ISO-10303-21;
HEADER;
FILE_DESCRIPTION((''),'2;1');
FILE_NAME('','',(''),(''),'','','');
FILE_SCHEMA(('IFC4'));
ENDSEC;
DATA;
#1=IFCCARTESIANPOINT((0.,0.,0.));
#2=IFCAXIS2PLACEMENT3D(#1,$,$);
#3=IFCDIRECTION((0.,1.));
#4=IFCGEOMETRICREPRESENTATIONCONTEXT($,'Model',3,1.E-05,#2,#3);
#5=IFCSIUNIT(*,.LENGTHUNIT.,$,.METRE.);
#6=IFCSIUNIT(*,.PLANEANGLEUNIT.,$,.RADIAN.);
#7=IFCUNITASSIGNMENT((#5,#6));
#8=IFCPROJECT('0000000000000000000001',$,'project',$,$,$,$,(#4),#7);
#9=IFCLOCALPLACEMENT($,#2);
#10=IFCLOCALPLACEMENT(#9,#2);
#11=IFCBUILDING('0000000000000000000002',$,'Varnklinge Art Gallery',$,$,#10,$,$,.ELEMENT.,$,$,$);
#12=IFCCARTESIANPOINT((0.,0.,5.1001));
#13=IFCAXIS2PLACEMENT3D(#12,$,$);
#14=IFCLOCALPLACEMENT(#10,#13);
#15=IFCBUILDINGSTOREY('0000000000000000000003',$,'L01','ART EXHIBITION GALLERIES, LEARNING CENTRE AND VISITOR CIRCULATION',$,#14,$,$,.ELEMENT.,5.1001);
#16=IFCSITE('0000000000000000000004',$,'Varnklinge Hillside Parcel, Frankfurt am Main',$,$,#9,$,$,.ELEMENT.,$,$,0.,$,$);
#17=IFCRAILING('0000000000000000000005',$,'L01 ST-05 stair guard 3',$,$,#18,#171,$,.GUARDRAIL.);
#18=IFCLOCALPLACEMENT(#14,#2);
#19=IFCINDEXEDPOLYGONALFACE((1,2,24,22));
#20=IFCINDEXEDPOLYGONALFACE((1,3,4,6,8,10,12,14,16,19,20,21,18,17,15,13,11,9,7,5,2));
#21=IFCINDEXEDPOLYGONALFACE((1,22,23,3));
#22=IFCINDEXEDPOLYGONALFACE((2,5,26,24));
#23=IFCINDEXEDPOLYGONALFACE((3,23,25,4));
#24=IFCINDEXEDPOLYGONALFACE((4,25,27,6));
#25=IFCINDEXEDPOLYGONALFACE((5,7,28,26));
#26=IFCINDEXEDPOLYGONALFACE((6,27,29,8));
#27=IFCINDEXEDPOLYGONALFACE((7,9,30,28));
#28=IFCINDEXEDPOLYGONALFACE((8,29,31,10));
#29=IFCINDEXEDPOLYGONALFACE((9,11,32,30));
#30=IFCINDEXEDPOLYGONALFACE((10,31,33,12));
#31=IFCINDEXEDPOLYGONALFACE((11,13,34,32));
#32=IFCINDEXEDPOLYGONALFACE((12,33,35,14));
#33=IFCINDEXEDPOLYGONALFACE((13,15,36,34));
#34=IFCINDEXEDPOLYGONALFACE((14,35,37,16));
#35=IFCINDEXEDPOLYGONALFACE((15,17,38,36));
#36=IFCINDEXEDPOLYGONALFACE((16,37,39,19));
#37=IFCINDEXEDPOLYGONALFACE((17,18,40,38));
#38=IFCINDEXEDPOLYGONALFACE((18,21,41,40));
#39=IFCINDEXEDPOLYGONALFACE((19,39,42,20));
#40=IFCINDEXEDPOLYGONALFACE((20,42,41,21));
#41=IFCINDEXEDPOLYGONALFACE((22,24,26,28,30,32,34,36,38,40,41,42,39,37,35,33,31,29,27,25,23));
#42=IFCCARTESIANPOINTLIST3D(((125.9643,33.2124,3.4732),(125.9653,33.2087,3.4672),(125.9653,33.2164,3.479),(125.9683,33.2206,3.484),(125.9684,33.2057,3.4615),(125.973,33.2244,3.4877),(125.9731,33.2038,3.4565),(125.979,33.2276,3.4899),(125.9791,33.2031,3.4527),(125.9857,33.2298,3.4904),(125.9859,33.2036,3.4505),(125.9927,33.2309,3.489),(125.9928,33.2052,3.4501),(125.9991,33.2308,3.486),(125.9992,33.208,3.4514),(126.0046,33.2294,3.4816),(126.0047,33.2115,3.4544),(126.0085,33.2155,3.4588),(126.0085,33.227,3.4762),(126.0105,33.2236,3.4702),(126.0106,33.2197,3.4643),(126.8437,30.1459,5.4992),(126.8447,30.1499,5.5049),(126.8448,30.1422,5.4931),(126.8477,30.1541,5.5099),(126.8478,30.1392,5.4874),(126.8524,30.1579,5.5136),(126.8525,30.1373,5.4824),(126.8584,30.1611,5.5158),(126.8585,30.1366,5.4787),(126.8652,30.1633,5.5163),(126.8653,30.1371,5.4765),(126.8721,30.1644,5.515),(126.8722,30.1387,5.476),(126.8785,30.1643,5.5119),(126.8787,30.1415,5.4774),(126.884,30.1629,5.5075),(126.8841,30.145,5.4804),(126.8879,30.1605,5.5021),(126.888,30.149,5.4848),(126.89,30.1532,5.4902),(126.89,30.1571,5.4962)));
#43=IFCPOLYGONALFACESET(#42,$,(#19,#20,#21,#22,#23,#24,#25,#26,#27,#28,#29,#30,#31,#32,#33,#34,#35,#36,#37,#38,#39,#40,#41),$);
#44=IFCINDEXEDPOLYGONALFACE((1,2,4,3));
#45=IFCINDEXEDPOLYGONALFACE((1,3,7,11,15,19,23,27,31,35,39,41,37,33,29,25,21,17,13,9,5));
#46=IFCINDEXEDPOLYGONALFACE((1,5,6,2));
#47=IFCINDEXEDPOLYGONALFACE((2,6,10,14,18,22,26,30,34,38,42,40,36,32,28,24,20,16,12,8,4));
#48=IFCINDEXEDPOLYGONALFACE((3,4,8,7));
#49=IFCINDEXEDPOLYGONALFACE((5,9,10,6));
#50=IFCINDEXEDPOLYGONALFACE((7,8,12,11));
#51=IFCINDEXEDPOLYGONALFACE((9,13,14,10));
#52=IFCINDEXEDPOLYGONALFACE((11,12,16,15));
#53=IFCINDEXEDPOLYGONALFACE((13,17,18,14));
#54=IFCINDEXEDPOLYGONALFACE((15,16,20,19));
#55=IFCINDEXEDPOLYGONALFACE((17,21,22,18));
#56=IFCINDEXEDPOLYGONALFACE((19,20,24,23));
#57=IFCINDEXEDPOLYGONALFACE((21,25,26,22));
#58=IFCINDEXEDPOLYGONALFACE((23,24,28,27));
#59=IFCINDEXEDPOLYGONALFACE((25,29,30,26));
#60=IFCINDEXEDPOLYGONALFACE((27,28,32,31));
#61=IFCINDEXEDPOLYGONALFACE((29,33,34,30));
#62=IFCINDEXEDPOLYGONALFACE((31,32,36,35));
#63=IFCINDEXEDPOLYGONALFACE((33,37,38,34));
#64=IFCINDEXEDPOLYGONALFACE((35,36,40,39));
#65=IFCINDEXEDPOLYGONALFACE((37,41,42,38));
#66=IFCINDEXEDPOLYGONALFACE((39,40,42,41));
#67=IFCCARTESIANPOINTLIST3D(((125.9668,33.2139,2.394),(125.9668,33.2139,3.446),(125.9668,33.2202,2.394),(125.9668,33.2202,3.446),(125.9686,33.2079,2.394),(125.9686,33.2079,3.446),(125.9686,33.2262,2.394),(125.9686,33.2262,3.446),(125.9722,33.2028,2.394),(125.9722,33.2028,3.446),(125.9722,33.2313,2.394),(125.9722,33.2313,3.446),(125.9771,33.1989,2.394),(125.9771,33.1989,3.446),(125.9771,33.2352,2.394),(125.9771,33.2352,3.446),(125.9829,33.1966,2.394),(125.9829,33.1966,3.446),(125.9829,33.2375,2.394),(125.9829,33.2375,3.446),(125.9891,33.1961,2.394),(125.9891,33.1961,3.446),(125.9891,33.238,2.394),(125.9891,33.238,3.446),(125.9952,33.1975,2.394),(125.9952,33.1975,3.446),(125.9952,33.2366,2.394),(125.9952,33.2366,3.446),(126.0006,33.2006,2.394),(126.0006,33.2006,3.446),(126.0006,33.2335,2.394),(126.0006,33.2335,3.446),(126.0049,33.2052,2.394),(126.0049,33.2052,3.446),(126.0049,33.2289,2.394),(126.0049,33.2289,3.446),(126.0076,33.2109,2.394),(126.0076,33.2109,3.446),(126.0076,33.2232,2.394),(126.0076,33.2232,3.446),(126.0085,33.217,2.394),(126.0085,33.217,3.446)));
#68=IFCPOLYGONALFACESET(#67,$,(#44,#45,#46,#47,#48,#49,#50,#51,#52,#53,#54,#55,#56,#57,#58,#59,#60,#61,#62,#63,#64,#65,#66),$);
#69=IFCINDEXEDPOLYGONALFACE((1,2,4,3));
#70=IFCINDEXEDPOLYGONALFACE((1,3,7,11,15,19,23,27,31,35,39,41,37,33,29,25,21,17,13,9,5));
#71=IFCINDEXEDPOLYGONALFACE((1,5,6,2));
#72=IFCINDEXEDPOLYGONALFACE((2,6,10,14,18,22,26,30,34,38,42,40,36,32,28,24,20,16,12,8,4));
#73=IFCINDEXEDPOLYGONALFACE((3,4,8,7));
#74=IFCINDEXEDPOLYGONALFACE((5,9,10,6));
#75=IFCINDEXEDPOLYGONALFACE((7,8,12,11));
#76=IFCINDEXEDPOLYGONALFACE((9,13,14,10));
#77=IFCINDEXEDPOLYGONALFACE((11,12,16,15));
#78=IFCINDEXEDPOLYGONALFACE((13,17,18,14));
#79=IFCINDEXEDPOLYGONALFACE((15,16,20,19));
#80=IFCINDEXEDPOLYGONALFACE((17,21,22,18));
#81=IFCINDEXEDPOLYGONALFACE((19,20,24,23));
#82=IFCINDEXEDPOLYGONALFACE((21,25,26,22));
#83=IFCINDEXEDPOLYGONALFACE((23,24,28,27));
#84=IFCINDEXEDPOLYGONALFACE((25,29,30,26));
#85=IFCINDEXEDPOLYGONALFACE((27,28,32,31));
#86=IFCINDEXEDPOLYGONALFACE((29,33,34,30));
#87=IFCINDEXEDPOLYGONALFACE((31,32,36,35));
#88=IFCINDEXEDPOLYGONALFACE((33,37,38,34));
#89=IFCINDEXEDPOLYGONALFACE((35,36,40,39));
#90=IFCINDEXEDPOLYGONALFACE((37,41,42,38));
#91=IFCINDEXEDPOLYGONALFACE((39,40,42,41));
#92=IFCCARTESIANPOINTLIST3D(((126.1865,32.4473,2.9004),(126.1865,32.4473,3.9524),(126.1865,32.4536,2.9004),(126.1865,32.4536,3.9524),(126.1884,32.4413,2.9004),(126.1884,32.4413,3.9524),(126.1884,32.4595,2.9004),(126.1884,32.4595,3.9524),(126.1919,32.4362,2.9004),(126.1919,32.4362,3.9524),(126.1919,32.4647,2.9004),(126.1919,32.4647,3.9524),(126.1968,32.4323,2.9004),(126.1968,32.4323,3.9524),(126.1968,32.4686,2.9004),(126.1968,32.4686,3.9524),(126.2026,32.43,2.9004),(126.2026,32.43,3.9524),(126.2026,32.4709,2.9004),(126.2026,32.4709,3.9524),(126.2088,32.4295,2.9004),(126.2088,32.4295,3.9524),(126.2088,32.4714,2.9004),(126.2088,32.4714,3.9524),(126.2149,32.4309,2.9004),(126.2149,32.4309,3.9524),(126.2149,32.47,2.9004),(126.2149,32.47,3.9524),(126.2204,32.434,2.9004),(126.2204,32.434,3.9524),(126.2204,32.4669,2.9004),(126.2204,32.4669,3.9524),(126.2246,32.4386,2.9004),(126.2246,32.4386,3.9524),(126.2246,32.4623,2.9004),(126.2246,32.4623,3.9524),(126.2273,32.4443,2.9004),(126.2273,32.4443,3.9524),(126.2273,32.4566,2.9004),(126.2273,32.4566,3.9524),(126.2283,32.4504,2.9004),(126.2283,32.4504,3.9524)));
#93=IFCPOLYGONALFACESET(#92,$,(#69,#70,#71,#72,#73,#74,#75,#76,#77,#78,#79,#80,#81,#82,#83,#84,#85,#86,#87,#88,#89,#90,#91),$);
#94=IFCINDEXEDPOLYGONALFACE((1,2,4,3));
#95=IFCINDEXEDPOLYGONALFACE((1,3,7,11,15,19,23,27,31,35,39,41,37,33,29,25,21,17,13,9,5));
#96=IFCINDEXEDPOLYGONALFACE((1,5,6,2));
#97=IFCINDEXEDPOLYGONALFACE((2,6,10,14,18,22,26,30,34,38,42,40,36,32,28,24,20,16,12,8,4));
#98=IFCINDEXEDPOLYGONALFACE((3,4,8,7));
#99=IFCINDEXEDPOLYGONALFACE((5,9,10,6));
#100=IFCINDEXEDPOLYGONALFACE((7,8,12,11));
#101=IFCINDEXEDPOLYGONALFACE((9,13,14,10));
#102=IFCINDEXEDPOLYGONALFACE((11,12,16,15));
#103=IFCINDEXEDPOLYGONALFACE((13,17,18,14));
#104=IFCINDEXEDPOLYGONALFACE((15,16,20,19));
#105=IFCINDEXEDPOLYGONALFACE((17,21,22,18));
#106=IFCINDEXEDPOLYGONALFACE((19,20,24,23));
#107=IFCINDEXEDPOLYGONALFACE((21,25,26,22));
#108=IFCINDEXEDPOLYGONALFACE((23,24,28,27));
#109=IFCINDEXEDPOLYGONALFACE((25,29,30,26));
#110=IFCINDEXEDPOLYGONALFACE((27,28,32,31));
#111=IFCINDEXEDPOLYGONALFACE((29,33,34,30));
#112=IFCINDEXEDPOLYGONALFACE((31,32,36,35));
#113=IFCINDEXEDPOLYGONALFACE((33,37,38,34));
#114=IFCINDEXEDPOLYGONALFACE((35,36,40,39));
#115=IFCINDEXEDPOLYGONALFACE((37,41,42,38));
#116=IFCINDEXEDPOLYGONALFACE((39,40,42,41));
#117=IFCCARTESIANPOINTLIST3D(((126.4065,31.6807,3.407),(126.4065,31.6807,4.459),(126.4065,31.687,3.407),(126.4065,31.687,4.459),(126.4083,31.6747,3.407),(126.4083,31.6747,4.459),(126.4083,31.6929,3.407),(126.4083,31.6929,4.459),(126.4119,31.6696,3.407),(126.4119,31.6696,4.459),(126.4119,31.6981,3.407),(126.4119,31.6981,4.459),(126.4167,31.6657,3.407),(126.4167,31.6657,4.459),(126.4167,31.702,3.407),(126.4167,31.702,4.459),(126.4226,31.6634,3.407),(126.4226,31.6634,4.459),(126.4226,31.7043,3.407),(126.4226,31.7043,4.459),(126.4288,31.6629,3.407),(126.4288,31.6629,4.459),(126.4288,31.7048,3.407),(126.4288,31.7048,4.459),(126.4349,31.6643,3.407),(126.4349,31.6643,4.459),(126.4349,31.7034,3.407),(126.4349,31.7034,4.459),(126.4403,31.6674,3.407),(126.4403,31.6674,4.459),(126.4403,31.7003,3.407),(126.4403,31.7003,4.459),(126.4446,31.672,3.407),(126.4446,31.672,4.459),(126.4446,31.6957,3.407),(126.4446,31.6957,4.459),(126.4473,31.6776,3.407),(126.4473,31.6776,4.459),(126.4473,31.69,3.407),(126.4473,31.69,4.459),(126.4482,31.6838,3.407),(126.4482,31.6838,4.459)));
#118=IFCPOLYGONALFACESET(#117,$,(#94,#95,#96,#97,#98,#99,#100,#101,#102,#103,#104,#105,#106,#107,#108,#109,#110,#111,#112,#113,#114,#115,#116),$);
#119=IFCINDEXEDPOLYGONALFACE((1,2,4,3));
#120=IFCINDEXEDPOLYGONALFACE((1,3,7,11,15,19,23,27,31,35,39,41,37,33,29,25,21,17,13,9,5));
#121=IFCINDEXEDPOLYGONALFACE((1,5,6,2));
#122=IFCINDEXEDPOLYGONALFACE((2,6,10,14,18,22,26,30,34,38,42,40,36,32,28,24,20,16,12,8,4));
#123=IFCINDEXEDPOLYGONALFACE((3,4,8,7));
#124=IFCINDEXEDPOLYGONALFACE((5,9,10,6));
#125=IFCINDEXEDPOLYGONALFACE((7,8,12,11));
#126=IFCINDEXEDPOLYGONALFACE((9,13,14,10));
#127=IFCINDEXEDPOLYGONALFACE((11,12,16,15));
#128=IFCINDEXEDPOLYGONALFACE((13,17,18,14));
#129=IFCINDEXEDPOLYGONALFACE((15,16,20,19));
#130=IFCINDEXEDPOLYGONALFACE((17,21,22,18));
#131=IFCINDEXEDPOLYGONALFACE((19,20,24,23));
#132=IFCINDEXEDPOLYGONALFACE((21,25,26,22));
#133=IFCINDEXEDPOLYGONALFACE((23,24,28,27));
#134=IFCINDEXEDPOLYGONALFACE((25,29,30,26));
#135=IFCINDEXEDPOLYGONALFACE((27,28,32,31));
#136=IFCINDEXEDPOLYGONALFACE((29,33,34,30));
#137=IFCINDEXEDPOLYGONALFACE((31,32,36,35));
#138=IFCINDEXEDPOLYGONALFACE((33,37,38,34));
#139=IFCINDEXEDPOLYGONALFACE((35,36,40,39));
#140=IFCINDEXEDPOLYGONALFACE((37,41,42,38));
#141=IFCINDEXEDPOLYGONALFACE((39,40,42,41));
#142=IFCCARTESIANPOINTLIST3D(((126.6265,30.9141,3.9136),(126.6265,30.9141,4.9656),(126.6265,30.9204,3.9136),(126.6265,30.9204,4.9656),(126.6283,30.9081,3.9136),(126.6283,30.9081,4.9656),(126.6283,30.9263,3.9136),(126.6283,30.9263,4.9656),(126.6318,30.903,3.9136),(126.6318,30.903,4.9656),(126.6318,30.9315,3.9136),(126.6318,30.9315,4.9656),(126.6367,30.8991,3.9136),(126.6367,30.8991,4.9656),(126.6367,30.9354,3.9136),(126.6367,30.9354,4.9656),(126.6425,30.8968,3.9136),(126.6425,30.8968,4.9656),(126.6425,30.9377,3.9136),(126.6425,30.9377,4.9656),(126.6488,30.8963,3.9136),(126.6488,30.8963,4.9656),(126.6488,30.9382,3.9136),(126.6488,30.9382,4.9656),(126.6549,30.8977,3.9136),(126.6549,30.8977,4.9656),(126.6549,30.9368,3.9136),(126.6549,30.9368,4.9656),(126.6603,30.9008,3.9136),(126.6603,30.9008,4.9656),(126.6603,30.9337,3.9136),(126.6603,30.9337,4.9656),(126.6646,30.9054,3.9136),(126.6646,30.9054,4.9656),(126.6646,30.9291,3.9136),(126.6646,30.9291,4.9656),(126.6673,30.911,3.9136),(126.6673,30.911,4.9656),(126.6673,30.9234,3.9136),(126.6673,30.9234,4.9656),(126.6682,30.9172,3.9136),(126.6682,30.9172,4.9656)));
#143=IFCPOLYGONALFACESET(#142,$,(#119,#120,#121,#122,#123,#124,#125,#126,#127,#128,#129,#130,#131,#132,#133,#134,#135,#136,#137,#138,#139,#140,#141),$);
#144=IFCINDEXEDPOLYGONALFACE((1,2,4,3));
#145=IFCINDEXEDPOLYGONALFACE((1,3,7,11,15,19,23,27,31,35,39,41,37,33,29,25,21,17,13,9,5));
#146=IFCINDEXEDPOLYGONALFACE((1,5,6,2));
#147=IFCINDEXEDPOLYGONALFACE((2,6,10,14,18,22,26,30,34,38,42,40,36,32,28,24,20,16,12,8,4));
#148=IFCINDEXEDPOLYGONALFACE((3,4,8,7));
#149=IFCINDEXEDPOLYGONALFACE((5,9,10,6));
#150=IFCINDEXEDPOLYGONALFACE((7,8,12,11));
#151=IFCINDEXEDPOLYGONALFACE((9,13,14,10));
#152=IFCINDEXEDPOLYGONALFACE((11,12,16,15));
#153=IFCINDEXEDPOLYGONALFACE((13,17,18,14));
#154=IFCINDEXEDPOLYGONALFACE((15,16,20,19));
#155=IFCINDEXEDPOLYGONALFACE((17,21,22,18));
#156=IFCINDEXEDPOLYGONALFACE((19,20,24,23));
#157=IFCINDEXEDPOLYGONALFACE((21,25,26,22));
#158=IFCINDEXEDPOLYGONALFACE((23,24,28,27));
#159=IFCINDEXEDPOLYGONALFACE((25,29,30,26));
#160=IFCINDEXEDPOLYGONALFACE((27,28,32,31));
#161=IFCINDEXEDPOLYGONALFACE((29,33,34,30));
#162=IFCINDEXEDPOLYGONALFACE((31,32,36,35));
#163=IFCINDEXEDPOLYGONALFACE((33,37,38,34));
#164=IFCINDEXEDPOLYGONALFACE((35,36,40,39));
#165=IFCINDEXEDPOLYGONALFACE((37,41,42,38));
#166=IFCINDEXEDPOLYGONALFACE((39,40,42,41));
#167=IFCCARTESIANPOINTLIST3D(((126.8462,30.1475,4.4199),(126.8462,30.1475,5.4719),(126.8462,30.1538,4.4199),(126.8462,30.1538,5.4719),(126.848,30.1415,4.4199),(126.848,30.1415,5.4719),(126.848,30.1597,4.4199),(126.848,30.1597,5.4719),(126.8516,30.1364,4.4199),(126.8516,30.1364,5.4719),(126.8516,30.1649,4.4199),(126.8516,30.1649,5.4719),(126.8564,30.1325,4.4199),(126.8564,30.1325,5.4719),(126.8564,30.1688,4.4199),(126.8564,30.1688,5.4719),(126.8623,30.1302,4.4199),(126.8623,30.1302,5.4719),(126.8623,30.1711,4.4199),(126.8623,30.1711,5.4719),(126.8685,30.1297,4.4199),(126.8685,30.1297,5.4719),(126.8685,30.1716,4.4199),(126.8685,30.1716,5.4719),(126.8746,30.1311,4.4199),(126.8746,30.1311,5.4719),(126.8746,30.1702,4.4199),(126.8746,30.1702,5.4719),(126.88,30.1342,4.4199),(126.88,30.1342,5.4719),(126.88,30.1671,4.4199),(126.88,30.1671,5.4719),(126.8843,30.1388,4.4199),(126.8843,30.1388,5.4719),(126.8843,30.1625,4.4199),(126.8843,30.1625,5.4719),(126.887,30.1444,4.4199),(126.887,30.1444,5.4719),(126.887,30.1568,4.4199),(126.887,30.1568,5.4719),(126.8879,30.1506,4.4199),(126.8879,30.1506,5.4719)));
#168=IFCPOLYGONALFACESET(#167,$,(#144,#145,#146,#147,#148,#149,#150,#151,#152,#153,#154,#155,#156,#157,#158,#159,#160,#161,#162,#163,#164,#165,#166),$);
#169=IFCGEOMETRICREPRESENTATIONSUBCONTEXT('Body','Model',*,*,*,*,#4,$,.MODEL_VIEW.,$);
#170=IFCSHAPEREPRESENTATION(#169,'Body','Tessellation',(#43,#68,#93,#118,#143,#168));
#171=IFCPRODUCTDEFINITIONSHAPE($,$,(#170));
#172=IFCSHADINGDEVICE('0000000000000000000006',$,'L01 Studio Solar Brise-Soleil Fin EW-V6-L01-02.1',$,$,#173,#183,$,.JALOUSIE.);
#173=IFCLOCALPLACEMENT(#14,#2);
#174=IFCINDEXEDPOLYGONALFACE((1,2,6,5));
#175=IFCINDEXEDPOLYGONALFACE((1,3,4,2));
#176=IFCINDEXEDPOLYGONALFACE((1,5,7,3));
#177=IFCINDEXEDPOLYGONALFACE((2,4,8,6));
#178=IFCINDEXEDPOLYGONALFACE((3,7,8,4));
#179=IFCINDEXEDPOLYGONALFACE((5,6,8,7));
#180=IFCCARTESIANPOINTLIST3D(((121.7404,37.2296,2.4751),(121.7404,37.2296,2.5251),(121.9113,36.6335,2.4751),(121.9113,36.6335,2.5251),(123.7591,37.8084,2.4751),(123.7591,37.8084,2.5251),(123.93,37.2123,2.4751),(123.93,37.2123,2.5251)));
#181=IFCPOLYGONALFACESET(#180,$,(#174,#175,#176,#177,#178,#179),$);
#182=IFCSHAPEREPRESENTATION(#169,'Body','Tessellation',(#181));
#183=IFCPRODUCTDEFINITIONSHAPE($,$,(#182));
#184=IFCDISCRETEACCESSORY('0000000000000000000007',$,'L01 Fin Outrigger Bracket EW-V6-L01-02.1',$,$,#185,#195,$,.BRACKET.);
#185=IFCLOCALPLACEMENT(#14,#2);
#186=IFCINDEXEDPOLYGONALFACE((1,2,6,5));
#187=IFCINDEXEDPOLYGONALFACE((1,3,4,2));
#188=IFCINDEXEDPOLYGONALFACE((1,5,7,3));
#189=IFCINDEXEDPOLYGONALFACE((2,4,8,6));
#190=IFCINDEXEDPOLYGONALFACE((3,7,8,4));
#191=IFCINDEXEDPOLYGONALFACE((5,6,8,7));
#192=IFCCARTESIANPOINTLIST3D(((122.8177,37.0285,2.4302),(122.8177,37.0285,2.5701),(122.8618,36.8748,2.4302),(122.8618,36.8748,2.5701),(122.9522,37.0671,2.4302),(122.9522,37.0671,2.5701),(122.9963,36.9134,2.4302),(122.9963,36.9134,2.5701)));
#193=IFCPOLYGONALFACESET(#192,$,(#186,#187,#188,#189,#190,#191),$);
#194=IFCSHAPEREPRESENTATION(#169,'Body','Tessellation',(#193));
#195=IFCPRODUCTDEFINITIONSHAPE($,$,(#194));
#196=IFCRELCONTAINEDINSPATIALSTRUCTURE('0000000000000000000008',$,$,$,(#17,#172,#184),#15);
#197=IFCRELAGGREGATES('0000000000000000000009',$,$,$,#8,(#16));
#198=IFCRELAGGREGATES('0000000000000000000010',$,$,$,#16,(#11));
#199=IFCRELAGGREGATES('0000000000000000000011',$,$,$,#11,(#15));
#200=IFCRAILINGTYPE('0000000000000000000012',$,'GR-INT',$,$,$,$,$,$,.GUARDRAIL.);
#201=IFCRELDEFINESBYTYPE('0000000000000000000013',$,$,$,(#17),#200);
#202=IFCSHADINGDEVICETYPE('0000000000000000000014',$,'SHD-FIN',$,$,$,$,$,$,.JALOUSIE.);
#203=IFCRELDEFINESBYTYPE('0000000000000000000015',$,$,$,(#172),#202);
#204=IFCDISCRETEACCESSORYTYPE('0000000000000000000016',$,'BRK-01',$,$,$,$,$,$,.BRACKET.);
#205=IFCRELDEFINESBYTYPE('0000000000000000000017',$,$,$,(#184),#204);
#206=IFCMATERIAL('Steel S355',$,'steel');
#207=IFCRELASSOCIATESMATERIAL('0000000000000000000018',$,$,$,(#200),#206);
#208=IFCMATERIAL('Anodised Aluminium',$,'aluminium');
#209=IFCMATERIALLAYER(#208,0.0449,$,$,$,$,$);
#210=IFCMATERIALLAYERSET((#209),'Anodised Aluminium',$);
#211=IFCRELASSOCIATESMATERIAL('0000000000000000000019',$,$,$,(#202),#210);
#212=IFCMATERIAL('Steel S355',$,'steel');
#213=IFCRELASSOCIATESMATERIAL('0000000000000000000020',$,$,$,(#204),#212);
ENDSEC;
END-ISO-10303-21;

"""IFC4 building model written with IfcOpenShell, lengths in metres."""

from ifc_helpers import new_model, si_unit, direction, frame, origin, origin_2d, place, context, subcontext, project, spatial, rectangle, circle, extrude, material, layer, layer_set, type_object, element, save


model = new_model("IFC4")

# Units and contexts
model_context = context("Model", 3, precision=1e-05, world=origin(), true_north=direction((0.0, 1.0)))
body_context = subcontext(model_context, "Body", "Model", "MODEL_VIEW")
ifc_project = project(units=[si_unit("LENGTHUNIT", "METRE"), si_unit("PLANEANGLEUNIT", "RADIAN")], contexts=[model_context])

# Site, building, storey
site_placement = place(None, origin())
site = spatial("IfcSite", under=ifc_project, at=site_placement, Name="Varnklinge Hillside Parcel, Frankfurt am Main", CompositionType="ELEMENT", RefElevation=0.0)
building_placement = place(site_placement, origin())
building = spatial("IfcBuilding", under=site, at=building_placement, Name="Varnklinge Art Gallery", CompositionType="ELEMENT")
storey_placement = place(building_placement, frame((0.0, 0.0, 5.1001)))
storey = spatial("IfcBuildingStorey", under=building, at=storey_placement, Name="L01", Description="ART EXHIBITION GALLERIES, LEARNING CENTRE AND VISITOR CIRCULATION", CompositionType="ELEMENT", Elevation=5.1001)

# Railing
ifc_material_1 = material(Name="Steel S355", Category="steel")
railing_type = type_object("IfcRailingType", Name="GR-INT", PredefinedType="GUARDRAIL", material=ifc_material_1)
railing_1_placement = place(storey_placement, frame((125.9875, 33.217, 2.394)))
element("IfcRailing", 1, at=railing_1_placement, inside=storey, type_object=railing_type, Name="L01 ST-05 stair guard 3", PredefinedType="GUARDRAIL", context=body_context, shape_type="SweptSolid", body=[
    extrude(circle(Radius=0.0239, at=origin_2d()), frame((0.0, 0.0, 1.0762), z_axis=(0.232709, -0.811447, 0.536098), x_axis=(0.961252, 0.275671, 0.0)), (0.0, 0.0, 1.0), 3.7791),
    extrude(circle(Radius=0.021, at=origin_2d()), origin(), (0.0, 0.0, 1.0), 1.052),
    extrude(circle(Radius=0.021, at=origin_2d()), frame((0.2197, -0.7666, 0.5063)), (0.0, 0.0, 1.0), 1.052),
    extrude(circle(Radius=0.021, at=origin_2d()), frame((0.4397, -1.5332, 1.0129)), (0.0, 0.0, 1.0), 1.052),
    extrude(circle(Radius=0.021, at=origin_2d()), frame((0.6597, -2.2998, 1.5195)), (0.0, 0.0, 1.0), 1.052),
    extrude(circle(Radius=0.021, at=origin_2d()), frame((0.8794, -3.0664, 2.0259)), (0.0, 0.0, 1.0), 1.052),
])

# Shading device
ifc_material_2 = material(Name="Anodised Aluminium", Category="aluminium")
ifc_layer_1 = layer(ifc_material_2, 0.0449)
ifc_layer_set_1 = layer_set([ifc_layer_1], Name="Anodised Aluminium")
shading_device_type = type_object("IfcShadingDeviceType", Name="SHD-FIN", PredefinedType="JALOUSIE", material=ifc_layer_set_1)
shading_device_placement = place(storey_placement, frame((122.8352, 37.2209, 2.4751), z_axis=(0.0, 0.0, 1.0), x_axis=(0.961262, 0.275637, 0.0)))
element("IfcShadingDevice", 2, at=shading_device_placement, inside=storey, type_object=shading_device_type, Name="L01 Studio Solar Brise-Soleil Fin EW-V6-L01-02.1", PredefinedType="JALOUSIE", context=body_context, shape_type="SweptSolid", body=[
    extrude(rectangle(XDim=2.1001, YDim=0.6201, at=origin_2d()), origin(), (0.0, 0.0, 1.0), 0.05),
])

# Discrete accessory
ifc_material_3 = material(Name="Steel S355", Category="steel")
discrete_accessory_type = type_object("IfcDiscreteAccessoryType", Name="BRK-01", PredefinedType="BRACKET", material=ifc_material_3)
discrete_accessory_placement = place(storey_placement, frame((122.907, 36.9709, 2.4302), z_axis=(0.0, 0.0, 1.0), x_axis=(0.961262, 0.275637, 0.0)))
element("IfcDiscreteAccessory", 3, at=discrete_accessory_placement, inside=storey, type_object=discrete_accessory_type, Name="L01 Fin Outrigger Bracket EW-V6-L01-02.1", PredefinedType="BRACKET", context=body_context, shape_type="SweptSolid", body=[
    extrude(rectangle(XDim=0.1399, YDim=0.1599, at=origin_2d()), origin(), (0.0, 0.0, 1.0), 0.1399),
])

save(model, "model.ifc")
